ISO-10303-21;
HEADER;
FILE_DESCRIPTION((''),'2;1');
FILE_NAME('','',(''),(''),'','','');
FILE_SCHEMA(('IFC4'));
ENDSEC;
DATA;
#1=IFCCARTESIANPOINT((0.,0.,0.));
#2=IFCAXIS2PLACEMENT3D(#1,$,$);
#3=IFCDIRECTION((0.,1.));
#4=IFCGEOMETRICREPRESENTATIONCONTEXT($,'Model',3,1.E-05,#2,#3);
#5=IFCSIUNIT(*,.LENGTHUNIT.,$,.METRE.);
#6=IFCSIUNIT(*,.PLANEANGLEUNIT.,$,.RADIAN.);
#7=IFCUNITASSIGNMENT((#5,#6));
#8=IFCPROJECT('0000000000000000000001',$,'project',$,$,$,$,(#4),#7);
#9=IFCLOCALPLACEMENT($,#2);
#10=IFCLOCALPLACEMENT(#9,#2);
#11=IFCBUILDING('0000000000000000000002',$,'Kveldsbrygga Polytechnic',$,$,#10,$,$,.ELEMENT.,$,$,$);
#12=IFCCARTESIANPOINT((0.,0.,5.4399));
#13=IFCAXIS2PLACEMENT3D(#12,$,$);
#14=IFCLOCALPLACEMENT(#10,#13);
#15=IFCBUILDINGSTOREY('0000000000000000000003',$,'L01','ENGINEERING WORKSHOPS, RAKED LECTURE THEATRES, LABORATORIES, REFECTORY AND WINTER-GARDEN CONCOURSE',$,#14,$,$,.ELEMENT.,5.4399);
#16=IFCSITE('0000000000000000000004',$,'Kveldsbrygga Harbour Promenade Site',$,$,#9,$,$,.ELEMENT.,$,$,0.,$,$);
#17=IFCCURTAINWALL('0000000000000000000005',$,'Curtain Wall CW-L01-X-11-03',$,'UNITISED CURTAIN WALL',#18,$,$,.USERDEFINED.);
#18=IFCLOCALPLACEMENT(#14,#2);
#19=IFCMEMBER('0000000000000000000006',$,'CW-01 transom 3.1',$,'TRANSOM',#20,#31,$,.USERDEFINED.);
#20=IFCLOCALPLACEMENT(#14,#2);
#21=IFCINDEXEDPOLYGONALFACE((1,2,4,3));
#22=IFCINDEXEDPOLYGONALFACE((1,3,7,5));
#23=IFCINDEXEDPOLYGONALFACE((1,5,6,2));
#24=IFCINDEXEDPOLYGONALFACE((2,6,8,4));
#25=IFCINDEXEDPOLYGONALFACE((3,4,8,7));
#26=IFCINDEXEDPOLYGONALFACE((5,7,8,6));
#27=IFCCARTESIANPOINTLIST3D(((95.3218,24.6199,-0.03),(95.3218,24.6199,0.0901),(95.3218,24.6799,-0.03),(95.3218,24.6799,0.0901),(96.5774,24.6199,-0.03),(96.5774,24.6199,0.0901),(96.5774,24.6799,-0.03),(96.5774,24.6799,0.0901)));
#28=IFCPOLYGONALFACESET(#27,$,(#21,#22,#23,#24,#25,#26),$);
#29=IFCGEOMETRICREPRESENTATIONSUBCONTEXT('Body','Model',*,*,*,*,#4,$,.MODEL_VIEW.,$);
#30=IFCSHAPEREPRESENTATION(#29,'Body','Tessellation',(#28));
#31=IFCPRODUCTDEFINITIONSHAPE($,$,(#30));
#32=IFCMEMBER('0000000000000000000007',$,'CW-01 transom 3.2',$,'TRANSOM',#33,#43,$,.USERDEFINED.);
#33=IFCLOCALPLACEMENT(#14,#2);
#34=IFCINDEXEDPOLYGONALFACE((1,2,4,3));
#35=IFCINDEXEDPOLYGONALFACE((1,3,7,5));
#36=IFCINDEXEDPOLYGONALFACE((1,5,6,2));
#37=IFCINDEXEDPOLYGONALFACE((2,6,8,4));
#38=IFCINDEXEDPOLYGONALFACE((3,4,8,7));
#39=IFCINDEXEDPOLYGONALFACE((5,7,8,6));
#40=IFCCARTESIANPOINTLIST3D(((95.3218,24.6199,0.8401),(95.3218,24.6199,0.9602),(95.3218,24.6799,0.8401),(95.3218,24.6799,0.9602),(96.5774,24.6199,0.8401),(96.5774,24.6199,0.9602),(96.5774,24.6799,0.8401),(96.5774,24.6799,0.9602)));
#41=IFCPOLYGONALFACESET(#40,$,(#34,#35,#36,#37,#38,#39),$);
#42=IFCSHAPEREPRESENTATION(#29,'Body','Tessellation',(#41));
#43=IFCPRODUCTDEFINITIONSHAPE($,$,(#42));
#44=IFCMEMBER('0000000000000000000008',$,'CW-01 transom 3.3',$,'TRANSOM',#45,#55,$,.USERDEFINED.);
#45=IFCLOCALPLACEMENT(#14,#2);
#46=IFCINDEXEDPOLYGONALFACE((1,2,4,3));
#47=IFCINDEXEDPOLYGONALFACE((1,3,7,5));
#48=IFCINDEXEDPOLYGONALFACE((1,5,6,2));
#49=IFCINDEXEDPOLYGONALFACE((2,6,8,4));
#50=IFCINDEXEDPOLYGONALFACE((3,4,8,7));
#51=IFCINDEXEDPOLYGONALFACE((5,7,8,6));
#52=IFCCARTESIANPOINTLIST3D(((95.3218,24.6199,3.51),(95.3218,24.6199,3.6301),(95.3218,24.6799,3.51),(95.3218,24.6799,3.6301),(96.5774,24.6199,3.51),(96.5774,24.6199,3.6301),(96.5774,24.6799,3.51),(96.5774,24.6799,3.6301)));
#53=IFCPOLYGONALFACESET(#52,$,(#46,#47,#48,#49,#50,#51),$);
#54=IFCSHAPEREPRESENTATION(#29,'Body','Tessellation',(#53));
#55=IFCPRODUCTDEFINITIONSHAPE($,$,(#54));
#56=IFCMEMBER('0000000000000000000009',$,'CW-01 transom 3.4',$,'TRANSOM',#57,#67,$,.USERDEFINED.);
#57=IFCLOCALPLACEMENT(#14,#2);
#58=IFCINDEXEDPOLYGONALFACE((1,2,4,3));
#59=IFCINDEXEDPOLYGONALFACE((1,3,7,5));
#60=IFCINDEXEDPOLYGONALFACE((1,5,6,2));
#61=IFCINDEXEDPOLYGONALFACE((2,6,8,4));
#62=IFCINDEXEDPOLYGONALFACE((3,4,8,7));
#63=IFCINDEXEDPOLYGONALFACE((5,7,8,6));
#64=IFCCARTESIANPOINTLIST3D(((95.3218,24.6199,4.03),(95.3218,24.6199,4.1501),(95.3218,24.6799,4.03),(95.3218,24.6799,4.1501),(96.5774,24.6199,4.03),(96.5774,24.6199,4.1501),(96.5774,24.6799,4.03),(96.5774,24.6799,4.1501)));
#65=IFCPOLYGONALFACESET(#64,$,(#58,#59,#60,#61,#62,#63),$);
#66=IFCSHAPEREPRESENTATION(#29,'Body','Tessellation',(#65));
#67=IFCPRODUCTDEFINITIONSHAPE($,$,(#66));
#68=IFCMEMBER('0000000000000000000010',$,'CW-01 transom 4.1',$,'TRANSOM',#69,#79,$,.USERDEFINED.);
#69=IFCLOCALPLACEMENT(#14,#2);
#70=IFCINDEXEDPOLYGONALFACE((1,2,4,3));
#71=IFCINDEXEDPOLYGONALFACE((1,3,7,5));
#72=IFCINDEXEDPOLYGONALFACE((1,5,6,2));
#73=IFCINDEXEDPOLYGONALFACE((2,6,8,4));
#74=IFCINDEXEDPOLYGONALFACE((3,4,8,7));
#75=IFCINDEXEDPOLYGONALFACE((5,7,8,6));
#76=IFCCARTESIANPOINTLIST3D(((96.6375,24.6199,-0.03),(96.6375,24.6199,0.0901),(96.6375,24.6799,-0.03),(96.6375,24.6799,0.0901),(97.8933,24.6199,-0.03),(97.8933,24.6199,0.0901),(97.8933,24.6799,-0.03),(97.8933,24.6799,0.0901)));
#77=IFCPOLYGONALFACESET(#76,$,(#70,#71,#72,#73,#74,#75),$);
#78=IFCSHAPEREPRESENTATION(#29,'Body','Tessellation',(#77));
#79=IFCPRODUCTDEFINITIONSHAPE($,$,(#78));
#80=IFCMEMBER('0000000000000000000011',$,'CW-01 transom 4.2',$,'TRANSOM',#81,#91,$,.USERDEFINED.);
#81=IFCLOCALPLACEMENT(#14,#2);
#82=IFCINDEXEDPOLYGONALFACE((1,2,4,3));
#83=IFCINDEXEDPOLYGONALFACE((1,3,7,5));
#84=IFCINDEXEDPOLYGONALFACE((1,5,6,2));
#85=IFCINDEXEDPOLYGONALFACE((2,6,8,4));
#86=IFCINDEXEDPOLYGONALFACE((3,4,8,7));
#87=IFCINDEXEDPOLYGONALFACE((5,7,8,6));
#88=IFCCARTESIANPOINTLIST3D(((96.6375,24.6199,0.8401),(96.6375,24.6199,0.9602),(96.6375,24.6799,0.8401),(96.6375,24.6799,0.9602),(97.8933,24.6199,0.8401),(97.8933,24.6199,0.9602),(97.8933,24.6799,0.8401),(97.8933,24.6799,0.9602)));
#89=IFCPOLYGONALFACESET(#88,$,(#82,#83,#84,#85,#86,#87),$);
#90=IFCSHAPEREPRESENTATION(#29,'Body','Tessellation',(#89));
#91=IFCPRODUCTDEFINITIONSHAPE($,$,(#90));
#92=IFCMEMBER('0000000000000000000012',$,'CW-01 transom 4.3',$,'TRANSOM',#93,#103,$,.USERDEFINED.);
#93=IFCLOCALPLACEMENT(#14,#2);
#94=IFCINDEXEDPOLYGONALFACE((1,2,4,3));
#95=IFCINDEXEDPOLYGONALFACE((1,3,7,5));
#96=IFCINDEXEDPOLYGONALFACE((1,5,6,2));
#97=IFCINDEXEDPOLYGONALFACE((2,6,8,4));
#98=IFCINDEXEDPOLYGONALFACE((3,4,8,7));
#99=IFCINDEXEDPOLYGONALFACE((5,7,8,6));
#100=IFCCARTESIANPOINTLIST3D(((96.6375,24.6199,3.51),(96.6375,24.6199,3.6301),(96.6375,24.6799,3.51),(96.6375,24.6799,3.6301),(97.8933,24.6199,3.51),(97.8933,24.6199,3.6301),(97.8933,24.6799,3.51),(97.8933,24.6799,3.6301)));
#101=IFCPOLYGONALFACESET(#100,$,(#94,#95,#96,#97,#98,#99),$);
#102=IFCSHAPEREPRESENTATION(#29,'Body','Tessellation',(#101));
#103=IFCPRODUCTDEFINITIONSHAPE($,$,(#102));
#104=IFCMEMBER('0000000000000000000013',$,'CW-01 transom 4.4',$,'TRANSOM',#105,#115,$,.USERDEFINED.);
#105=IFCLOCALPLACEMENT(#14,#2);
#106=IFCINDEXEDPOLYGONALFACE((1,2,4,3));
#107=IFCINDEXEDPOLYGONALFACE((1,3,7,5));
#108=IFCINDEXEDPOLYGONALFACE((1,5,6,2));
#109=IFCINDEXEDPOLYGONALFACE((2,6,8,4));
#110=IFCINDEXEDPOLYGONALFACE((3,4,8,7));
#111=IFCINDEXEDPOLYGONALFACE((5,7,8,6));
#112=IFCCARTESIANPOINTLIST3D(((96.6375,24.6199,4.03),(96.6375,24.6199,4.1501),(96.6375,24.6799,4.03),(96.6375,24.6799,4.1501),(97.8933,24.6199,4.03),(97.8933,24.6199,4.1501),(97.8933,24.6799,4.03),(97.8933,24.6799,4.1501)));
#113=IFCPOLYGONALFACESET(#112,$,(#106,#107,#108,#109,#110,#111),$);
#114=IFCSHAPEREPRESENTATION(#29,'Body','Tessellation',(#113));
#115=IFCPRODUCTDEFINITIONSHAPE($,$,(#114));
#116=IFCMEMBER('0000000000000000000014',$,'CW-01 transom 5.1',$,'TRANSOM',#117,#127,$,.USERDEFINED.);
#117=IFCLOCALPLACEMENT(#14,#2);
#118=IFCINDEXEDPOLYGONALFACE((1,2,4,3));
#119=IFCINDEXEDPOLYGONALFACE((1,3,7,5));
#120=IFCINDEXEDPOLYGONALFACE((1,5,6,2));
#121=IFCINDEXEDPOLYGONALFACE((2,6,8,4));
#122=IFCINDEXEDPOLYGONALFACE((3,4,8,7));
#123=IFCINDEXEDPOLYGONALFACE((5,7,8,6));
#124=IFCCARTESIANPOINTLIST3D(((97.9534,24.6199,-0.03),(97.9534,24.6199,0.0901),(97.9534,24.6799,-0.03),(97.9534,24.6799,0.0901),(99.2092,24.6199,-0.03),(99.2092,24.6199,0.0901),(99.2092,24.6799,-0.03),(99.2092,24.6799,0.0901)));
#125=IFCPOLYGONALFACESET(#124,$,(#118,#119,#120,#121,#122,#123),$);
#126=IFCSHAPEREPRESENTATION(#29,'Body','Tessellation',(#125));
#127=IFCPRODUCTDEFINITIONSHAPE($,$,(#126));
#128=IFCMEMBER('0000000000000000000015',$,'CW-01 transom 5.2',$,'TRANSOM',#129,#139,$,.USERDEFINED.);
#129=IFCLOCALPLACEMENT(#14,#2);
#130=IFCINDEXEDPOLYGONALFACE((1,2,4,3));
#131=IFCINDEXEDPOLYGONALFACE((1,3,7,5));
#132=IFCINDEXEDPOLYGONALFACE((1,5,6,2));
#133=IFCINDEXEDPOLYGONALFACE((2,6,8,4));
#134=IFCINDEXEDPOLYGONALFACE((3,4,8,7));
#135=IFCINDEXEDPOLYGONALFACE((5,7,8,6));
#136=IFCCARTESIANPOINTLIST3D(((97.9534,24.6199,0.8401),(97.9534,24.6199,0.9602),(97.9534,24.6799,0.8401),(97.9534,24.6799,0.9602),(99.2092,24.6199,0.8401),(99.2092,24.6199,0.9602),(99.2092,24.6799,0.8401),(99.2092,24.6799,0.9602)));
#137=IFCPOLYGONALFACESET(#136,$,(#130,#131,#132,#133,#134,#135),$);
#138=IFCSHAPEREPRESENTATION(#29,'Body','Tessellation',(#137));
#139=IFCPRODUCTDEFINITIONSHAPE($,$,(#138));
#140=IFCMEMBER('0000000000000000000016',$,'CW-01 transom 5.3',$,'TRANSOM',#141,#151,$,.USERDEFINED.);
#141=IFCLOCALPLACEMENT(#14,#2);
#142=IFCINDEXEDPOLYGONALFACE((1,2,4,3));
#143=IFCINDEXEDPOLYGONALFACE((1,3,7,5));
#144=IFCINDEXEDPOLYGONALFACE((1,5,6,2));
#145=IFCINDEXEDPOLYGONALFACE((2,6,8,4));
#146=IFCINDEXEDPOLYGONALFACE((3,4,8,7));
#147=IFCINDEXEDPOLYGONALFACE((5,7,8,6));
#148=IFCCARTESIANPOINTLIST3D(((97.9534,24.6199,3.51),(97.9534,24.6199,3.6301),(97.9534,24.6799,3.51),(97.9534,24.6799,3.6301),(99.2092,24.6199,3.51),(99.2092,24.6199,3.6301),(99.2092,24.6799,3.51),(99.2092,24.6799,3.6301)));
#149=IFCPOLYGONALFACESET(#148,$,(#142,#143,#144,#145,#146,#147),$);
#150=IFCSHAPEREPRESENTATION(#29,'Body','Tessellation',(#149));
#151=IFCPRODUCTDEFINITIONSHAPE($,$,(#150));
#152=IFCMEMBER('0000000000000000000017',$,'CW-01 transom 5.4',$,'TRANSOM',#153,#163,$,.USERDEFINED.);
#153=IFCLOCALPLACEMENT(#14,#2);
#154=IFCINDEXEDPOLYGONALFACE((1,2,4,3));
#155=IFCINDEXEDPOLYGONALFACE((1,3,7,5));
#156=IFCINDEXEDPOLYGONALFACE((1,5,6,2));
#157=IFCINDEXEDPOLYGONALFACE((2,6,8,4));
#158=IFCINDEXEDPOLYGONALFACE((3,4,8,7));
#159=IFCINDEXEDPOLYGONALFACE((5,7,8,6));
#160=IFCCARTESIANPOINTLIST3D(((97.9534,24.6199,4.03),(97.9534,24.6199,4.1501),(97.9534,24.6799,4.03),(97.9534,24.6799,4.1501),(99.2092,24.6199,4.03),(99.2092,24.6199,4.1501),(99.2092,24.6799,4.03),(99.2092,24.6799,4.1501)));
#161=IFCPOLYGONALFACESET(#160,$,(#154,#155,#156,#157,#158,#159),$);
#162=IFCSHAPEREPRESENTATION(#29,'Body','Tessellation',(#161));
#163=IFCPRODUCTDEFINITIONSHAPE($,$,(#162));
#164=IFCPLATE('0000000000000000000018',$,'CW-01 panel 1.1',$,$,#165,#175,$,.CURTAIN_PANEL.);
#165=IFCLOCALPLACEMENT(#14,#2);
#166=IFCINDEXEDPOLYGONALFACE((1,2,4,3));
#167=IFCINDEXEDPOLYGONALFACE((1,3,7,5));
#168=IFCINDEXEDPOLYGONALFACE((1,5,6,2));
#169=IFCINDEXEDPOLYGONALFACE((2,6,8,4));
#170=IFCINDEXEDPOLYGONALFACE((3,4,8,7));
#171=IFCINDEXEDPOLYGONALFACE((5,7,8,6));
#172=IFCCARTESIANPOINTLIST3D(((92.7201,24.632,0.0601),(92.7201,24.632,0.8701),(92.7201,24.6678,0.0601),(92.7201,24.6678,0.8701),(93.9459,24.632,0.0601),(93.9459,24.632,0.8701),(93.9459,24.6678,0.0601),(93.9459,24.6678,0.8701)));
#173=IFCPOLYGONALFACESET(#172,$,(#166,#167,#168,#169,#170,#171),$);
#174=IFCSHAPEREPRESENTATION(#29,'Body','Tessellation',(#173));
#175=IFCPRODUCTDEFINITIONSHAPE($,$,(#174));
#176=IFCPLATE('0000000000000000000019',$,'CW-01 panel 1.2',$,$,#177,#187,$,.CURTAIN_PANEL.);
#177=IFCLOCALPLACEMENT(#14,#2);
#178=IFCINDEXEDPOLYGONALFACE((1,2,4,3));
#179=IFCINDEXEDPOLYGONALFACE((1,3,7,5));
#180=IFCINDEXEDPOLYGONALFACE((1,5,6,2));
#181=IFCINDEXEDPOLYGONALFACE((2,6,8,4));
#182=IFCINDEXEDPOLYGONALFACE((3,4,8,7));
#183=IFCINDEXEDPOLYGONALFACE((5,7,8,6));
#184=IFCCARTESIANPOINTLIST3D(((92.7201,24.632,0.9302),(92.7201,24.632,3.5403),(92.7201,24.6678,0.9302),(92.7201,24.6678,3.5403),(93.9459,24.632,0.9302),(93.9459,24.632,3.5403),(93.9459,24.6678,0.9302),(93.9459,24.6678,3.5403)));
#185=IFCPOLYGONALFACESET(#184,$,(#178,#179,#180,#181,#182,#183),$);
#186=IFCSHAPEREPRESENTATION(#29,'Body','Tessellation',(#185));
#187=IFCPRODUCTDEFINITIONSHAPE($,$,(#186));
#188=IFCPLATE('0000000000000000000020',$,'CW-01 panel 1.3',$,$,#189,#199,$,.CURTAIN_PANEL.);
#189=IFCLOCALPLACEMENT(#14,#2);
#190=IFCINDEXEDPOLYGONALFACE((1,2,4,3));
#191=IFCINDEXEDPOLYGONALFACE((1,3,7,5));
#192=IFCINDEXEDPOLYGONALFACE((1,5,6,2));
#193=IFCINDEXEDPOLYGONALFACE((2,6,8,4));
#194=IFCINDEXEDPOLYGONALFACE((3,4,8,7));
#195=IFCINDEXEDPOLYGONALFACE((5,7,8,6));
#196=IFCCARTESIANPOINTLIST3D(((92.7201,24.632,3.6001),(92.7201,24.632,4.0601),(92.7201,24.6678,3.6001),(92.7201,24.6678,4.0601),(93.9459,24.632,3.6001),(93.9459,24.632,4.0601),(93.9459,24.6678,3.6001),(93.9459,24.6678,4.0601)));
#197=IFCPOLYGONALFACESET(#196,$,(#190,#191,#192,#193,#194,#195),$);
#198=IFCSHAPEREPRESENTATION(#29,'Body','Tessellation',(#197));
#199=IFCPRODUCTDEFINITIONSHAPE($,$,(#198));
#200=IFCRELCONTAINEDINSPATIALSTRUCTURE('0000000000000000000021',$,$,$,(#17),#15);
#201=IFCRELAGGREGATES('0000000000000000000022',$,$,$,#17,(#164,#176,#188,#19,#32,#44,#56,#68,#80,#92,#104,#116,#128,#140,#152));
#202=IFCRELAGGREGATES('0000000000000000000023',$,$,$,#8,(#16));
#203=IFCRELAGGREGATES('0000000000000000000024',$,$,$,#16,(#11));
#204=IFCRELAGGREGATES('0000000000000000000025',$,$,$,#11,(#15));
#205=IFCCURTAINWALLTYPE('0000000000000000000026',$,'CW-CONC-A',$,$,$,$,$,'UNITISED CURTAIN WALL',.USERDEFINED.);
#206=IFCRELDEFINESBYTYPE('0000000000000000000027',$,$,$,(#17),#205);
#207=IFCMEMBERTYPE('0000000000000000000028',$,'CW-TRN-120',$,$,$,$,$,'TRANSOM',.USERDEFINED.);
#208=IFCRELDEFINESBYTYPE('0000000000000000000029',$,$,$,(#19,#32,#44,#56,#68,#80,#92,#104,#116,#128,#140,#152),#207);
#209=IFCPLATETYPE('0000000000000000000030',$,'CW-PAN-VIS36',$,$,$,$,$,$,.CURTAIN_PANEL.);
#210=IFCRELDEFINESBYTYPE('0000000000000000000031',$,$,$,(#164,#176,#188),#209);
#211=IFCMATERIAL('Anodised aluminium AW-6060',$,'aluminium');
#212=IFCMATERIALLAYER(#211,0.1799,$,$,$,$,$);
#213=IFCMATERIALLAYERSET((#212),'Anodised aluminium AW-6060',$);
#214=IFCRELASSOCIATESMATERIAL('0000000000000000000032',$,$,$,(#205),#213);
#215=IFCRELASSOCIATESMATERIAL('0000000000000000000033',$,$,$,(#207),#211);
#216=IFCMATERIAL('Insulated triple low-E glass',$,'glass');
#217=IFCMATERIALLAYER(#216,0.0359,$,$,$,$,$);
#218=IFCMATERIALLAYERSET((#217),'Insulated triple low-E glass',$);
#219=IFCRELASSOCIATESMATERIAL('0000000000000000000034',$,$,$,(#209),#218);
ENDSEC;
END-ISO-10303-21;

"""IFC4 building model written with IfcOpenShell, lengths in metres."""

from ifc_helpers import new_model, si_unit, direction, frame, origin, origin_2d, place, context, subcontext, project, spatial, rectangle, extrude, material, layer, layer_set, material_profile, profile_set, type_object, element, aggregate, save


model = new_model("IFC4")

# Units and contexts
model_context = context("Model", 3, precision=1e-05, world=origin(), true_north=direction((0.0, 1.0)))
body_context = subcontext(model_context, "Body", "Model", "MODEL_VIEW")
ifc_project = project(units=[si_unit("LENGTHUNIT", "METRE"), si_unit("PLANEANGLEUNIT", "RADIAN")], contexts=[model_context])

# Site, building, storey
site_placement = place(None, origin())
site = spatial("IfcSite", under=ifc_project, at=site_placement, Name="Kveldsbrygga Harbour Promenade Site", CompositionType="ELEMENT", RefElevation=0.0)
building_placement = place(site_placement, origin())
building = spatial("IfcBuilding", under=site, at=building_placement, Name="Kveldsbrygga Polytechnic", CompositionType="ELEMENT")
storey_placement = place(building_placement, frame((0.0, 0.0, 5.4399)))
storey = spatial("IfcBuildingStorey", under=building, at=storey_placement, Name="L01", Description="ENGINEERING WORKSHOPS, RAKED LECTURE THEATRES, LABORATORIES, REFECTORY AND WINTER-GARDEN CONCOURSE", CompositionType="ELEMENT", Elevation=5.4399)

# Curtain wall
ifc_material_1 = material(Name="Anodised aluminium AW-6060", Category="aluminium")
ifc_layer_1 = layer(ifc_material_1, 0.1799)
ifc_layer_set_1 = layer_set([ifc_layer_1], Name="Anodised aluminium AW-6060")
curtain_wall_type_1 = type_object("IfcCurtainWallType", Name="CW-CONC-A", ElementType="UNITISED CURTAIN WALL", PredefinedType="USERDEFINED", material=ifc_layer_set_1)
curtain_wall_1_placement = place(storey_placement, origin())
curtain_wall_1 = element("IfcCurtainWall", 1, at=curtain_wall_1_placement, inside=storey, type_object=curtain_wall_type_1, Name="Curtain Wall CW-L01-X-11-03", ObjectType="UNITISED CURTAIN WALL", PredefinedType="USERDEFINED")

# Members
ifc_material_profile_1 = material_profile(ifc_material_1, rectangle(XDim=0.0601, YDim=0.1201, at=origin_2d()), Name="ALU 60x120")
ifc_profile_set_1 = profile_set([ifc_material_profile_1], Name="Anodised aluminium AW-6060")
member_type_1 = type_object("IfcMemberType", Name="CW-TRN-120", ElementType="TRANSOM", PredefinedType="USERDEFINED", material=ifc_profile_set_1)
member_1_placement = place(storey_placement, frame((95.3218, 24.6499, 0.03), z_axis=(1.0, 0.0, 0.0), x_axis=(0.0, 1.0, 0.0)))
member_1 = element("IfcMember", 2, at=member_1_placement, type_object=member_type_1, Name="CW-01 transom 3.1", ObjectType="TRANSOM", PredefinedType="USERDEFINED", context=body_context, shape_type="SweptSolid", body=[
    extrude(rectangle(XDim=0.0601, YDim=0.1201, at=origin_2d()), origin(), (0.0, 0.0, 1.0), 1.2556),
])
member_2_placement = place(storey_placement, frame((95.3218, 24.6499, 0.9001), z_axis=(1.0, 0.0, 0.0), x_axis=(0.0, 1.0, 0.0)))
member_2 = element("IfcMember", 3, at=member_2_placement, type_object=member_type_1, Name="CW-01 transom 3.2", ObjectType="TRANSOM", PredefinedType="USERDEFINED", context=body_context, shape_type="SweptSolid", body=[
    extrude(rectangle(XDim=0.0601, YDim=0.1201, at=origin_2d()), origin(), (0.0, 0.0, 1.0), 1.2556),
])
member_3_placement = place(storey_placement, frame((95.3218, 24.6499, 3.5701), z_axis=(1.0, 0.0, 0.0), x_axis=(0.0, 1.0, 0.0)))
member_3 = element("IfcMember", 4, at=member_3_placement, type_object=member_type_1, Name="CW-01 transom 3.3", ObjectType="TRANSOM", PredefinedType="USERDEFINED", context=body_context, shape_type="SweptSolid", body=[
    extrude(rectangle(XDim=0.0601, YDim=0.1201, at=origin_2d()), origin(), (0.0, 0.0, 1.0), 1.2556),
])
member_4_placement = place(storey_placement, frame((95.3218, 24.6499, 4.0901), z_axis=(1.0, 0.0, 0.0), x_axis=(0.0, 1.0, 0.0)))
member_4 = element("IfcMember", 5, at=member_4_placement, type_object=member_type_1, Name="CW-01 transom 3.4", ObjectType="TRANSOM", PredefinedType="USERDEFINED", context=body_context, shape_type="SweptSolid", body=[
    extrude(rectangle(XDim=0.0601, YDim=0.1201, at=origin_2d()), origin(), (0.0, 0.0, 1.0), 1.2556),
])
member_5_placement = place(storey_placement, frame((96.6375, 24.6499, 0.03), z_axis=(1.0, 0.0, 0.0), x_axis=(0.0, 1.0, 0.0)))
member_5 = element("IfcMember", 6, at=member_5_placement, type_object=member_type_1, Name="CW-01 transom 4.1", ObjectType="TRANSOM", PredefinedType="USERDEFINED", context=body_context, shape_type="SweptSolid", body=[
    extrude(rectangle(XDim=0.0601, YDim=0.1201, at=origin_2d()), origin(), (0.0, 0.0, 1.0), 1.2559),
])
member_6_placement = place(storey_placement, frame((96.6375, 24.6499, 0.9001), z_axis=(1.0, 0.0, 0.0), x_axis=(0.0, 1.0, 0.0)))
member_6 = element("IfcMember", 7, at=member_6_placement, type_object=member_type_1, Name="CW-01 transom 4.2", ObjectType="TRANSOM", PredefinedType="USERDEFINED", context=body_context, shape_type="SweptSolid", body=[
    extrude(rectangle(XDim=0.0601, YDim=0.1201, at=origin_2d()), origin(), (0.0, 0.0, 1.0), 1.2559),
])
member_7_placement = place(storey_placement, frame((96.6375, 24.6499, 3.5701), z_axis=(1.0, 0.0, 0.0), x_axis=(0.0, 1.0, 0.0)))
member_7 = element("IfcMember", 8, at=member_7_placement, type_object=member_type_1, Name="CW-01 transom 4.3", ObjectType="TRANSOM", PredefinedType="USERDEFINED", context=body_context, shape_type="SweptSolid", body=[
    extrude(rectangle(XDim=0.0601, YDim=0.1201, at=origin_2d()), origin(), (0.0, 0.0, 1.0), 1.2559),
])
member_8_placement = place(storey_placement, frame((96.6375, 24.6499, 4.0901), z_axis=(1.0, 0.0, 0.0), x_axis=(0.0, 1.0, 0.0)))
member_8 = element("IfcMember", 9, at=member_8_placement, type_object=member_type_1, Name="CW-01 transom 4.4", ObjectType="TRANSOM", PredefinedType="USERDEFINED", context=body_context, shape_type="SweptSolid", body=[
    extrude(rectangle(XDim=0.0601, YDim=0.1201, at=origin_2d()), origin(), (0.0, 0.0, 1.0), 1.2559),
])
member_9_placement = place(storey_placement, frame((97.9534, 24.6499, 0.03), z_axis=(1.0, 0.0, 0.0), x_axis=(0.0, 1.0, 0.0)))
member_9 = element("IfcMember", 10, at=member_9_placement, type_object=member_type_1, Name="CW-01 transom 5.1", ObjectType="TRANSOM", PredefinedType="USERDEFINED", context=body_context, shape_type="SweptSolid", body=[
    extrude(rectangle(XDim=0.0601, YDim=0.1201, at=origin_2d()), origin(), (0.0, 0.0, 1.0), 1.2559),
])
member_10_placement = place(storey_placement, frame((97.9534, 24.6499, 0.9001), z_axis=(1.0, 0.0, 0.0), x_axis=(0.0, 1.0, 0.0)))
member_10 = element("IfcMember", 11, at=member_10_placement, type_object=member_type_1, Name="CW-01 transom 5.2", ObjectType="TRANSOM", PredefinedType="USERDEFINED", context=body_context, shape_type="SweptSolid", body=[
    extrude(rectangle(XDim=0.0601, YDim=0.1201, at=origin_2d()), origin(), (0.0, 0.0, 1.0), 1.2559),
])
member_11_placement = place(storey_placement, frame((97.9534, 24.6499, 3.5701), z_axis=(1.0, 0.0, 0.0), x_axis=(0.0, 1.0, 0.0)))
member_11 = element("IfcMember", 12, at=member_11_placement, type_object=member_type_1, Name="CW-01 transom 5.3", ObjectType="TRANSOM", PredefinedType="USERDEFINED", context=body_context, shape_type="SweptSolid", body=[
    extrude(rectangle(XDim=0.0601, YDim=0.1201, at=origin_2d()), origin(), (0.0, 0.0, 1.0), 1.2559),
])
member_12_placement = place(storey_placement, frame((97.9534, 24.6499, 4.0901), z_axis=(1.0, 0.0, 0.0), x_axis=(0.0, 1.0, 0.0)))
member_12 = element("IfcMember", 13, at=member_12_placement, type_object=member_type_1, Name="CW-01 transom 5.4", ObjectType="TRANSOM", PredefinedType="USERDEFINED", context=body_context, shape_type="SweptSolid", body=[
    extrude(rectangle(XDim=0.0601, YDim=0.1201, at=origin_2d()), origin(), (0.0, 0.0, 1.0), 1.2559),
])

# Plates
ifc_material_2 = material(Name="Insulated triple low-E glass", Category="glass")
ifc_layer_2 = layer(ifc_material_2, 0.0359)
ifc_layer_set_2 = layer_set([ifc_layer_2], Name="Insulated triple low-E glass")
plate_type_1 = type_object("IfcPlateType", Name="CW-PAN-VIS36", PredefinedType="CURTAIN_PANEL", material=ifc_layer_set_2)
plate_1_placement = place(storey_placement, frame((93.333, 24.6499, 0.0601), z_axis=(0.0, 0.0, 1.0), x_axis=(1.0, 0.0, 0.0)))
plate_1 = element("IfcPlate", 14, at=plate_1_placement, type_object=plate_type_1, Name="CW-01 panel 1.1", PredefinedType="CURTAIN_PANEL", context=body_context, shape_type="SweptSolid", body=[
    extrude(rectangle(XDim=1.2258, YDim=0.0359, at=origin_2d()), origin(), (0.0, 0.0, 1.0), 0.8101),
])
plate_2_placement = place(storey_placement, frame((93.333, 24.6499, 0.9302), z_axis=(0.0, 0.0, 1.0), x_axis=(1.0, 0.0, 0.0)))
plate_2 = element("IfcPlate", 15, at=plate_2_placement, type_object=plate_type_1, Name="CW-01 panel 1.2", PredefinedType="CURTAIN_PANEL", context=body_context, shape_type="SweptSolid", body=[
    extrude(rectangle(XDim=1.2258, YDim=0.0359, at=origin_2d()), origin(), (0.0, 0.0, 1.0), 2.6101),
])
plate_3_placement = place(storey_placement, frame((93.333, 24.6499, 3.6001), z_axis=(0.0, 0.0, 1.0), x_axis=(1.0, 0.0, 0.0)))
plate_3 = element("IfcPlate", 16, at=plate_3_placement, type_object=plate_type_1, Name="CW-01 panel 1.3", PredefinedType="CURTAIN_PANEL", context=body_context, shape_type="SweptSolid", body=[
    extrude(rectangle(XDim=1.2258, YDim=0.0359, at=origin_2d()), origin(), (0.0, 0.0, 1.0), 0.46),
])
aggregate(curtain_wall_1, [plate_1, plate_2, plate_3, member_1, member_2, member_3, member_4, member_5, member_6, member_7, member_8, member_9, member_10, member_11, member_12])

save(model, "model.ifc")
